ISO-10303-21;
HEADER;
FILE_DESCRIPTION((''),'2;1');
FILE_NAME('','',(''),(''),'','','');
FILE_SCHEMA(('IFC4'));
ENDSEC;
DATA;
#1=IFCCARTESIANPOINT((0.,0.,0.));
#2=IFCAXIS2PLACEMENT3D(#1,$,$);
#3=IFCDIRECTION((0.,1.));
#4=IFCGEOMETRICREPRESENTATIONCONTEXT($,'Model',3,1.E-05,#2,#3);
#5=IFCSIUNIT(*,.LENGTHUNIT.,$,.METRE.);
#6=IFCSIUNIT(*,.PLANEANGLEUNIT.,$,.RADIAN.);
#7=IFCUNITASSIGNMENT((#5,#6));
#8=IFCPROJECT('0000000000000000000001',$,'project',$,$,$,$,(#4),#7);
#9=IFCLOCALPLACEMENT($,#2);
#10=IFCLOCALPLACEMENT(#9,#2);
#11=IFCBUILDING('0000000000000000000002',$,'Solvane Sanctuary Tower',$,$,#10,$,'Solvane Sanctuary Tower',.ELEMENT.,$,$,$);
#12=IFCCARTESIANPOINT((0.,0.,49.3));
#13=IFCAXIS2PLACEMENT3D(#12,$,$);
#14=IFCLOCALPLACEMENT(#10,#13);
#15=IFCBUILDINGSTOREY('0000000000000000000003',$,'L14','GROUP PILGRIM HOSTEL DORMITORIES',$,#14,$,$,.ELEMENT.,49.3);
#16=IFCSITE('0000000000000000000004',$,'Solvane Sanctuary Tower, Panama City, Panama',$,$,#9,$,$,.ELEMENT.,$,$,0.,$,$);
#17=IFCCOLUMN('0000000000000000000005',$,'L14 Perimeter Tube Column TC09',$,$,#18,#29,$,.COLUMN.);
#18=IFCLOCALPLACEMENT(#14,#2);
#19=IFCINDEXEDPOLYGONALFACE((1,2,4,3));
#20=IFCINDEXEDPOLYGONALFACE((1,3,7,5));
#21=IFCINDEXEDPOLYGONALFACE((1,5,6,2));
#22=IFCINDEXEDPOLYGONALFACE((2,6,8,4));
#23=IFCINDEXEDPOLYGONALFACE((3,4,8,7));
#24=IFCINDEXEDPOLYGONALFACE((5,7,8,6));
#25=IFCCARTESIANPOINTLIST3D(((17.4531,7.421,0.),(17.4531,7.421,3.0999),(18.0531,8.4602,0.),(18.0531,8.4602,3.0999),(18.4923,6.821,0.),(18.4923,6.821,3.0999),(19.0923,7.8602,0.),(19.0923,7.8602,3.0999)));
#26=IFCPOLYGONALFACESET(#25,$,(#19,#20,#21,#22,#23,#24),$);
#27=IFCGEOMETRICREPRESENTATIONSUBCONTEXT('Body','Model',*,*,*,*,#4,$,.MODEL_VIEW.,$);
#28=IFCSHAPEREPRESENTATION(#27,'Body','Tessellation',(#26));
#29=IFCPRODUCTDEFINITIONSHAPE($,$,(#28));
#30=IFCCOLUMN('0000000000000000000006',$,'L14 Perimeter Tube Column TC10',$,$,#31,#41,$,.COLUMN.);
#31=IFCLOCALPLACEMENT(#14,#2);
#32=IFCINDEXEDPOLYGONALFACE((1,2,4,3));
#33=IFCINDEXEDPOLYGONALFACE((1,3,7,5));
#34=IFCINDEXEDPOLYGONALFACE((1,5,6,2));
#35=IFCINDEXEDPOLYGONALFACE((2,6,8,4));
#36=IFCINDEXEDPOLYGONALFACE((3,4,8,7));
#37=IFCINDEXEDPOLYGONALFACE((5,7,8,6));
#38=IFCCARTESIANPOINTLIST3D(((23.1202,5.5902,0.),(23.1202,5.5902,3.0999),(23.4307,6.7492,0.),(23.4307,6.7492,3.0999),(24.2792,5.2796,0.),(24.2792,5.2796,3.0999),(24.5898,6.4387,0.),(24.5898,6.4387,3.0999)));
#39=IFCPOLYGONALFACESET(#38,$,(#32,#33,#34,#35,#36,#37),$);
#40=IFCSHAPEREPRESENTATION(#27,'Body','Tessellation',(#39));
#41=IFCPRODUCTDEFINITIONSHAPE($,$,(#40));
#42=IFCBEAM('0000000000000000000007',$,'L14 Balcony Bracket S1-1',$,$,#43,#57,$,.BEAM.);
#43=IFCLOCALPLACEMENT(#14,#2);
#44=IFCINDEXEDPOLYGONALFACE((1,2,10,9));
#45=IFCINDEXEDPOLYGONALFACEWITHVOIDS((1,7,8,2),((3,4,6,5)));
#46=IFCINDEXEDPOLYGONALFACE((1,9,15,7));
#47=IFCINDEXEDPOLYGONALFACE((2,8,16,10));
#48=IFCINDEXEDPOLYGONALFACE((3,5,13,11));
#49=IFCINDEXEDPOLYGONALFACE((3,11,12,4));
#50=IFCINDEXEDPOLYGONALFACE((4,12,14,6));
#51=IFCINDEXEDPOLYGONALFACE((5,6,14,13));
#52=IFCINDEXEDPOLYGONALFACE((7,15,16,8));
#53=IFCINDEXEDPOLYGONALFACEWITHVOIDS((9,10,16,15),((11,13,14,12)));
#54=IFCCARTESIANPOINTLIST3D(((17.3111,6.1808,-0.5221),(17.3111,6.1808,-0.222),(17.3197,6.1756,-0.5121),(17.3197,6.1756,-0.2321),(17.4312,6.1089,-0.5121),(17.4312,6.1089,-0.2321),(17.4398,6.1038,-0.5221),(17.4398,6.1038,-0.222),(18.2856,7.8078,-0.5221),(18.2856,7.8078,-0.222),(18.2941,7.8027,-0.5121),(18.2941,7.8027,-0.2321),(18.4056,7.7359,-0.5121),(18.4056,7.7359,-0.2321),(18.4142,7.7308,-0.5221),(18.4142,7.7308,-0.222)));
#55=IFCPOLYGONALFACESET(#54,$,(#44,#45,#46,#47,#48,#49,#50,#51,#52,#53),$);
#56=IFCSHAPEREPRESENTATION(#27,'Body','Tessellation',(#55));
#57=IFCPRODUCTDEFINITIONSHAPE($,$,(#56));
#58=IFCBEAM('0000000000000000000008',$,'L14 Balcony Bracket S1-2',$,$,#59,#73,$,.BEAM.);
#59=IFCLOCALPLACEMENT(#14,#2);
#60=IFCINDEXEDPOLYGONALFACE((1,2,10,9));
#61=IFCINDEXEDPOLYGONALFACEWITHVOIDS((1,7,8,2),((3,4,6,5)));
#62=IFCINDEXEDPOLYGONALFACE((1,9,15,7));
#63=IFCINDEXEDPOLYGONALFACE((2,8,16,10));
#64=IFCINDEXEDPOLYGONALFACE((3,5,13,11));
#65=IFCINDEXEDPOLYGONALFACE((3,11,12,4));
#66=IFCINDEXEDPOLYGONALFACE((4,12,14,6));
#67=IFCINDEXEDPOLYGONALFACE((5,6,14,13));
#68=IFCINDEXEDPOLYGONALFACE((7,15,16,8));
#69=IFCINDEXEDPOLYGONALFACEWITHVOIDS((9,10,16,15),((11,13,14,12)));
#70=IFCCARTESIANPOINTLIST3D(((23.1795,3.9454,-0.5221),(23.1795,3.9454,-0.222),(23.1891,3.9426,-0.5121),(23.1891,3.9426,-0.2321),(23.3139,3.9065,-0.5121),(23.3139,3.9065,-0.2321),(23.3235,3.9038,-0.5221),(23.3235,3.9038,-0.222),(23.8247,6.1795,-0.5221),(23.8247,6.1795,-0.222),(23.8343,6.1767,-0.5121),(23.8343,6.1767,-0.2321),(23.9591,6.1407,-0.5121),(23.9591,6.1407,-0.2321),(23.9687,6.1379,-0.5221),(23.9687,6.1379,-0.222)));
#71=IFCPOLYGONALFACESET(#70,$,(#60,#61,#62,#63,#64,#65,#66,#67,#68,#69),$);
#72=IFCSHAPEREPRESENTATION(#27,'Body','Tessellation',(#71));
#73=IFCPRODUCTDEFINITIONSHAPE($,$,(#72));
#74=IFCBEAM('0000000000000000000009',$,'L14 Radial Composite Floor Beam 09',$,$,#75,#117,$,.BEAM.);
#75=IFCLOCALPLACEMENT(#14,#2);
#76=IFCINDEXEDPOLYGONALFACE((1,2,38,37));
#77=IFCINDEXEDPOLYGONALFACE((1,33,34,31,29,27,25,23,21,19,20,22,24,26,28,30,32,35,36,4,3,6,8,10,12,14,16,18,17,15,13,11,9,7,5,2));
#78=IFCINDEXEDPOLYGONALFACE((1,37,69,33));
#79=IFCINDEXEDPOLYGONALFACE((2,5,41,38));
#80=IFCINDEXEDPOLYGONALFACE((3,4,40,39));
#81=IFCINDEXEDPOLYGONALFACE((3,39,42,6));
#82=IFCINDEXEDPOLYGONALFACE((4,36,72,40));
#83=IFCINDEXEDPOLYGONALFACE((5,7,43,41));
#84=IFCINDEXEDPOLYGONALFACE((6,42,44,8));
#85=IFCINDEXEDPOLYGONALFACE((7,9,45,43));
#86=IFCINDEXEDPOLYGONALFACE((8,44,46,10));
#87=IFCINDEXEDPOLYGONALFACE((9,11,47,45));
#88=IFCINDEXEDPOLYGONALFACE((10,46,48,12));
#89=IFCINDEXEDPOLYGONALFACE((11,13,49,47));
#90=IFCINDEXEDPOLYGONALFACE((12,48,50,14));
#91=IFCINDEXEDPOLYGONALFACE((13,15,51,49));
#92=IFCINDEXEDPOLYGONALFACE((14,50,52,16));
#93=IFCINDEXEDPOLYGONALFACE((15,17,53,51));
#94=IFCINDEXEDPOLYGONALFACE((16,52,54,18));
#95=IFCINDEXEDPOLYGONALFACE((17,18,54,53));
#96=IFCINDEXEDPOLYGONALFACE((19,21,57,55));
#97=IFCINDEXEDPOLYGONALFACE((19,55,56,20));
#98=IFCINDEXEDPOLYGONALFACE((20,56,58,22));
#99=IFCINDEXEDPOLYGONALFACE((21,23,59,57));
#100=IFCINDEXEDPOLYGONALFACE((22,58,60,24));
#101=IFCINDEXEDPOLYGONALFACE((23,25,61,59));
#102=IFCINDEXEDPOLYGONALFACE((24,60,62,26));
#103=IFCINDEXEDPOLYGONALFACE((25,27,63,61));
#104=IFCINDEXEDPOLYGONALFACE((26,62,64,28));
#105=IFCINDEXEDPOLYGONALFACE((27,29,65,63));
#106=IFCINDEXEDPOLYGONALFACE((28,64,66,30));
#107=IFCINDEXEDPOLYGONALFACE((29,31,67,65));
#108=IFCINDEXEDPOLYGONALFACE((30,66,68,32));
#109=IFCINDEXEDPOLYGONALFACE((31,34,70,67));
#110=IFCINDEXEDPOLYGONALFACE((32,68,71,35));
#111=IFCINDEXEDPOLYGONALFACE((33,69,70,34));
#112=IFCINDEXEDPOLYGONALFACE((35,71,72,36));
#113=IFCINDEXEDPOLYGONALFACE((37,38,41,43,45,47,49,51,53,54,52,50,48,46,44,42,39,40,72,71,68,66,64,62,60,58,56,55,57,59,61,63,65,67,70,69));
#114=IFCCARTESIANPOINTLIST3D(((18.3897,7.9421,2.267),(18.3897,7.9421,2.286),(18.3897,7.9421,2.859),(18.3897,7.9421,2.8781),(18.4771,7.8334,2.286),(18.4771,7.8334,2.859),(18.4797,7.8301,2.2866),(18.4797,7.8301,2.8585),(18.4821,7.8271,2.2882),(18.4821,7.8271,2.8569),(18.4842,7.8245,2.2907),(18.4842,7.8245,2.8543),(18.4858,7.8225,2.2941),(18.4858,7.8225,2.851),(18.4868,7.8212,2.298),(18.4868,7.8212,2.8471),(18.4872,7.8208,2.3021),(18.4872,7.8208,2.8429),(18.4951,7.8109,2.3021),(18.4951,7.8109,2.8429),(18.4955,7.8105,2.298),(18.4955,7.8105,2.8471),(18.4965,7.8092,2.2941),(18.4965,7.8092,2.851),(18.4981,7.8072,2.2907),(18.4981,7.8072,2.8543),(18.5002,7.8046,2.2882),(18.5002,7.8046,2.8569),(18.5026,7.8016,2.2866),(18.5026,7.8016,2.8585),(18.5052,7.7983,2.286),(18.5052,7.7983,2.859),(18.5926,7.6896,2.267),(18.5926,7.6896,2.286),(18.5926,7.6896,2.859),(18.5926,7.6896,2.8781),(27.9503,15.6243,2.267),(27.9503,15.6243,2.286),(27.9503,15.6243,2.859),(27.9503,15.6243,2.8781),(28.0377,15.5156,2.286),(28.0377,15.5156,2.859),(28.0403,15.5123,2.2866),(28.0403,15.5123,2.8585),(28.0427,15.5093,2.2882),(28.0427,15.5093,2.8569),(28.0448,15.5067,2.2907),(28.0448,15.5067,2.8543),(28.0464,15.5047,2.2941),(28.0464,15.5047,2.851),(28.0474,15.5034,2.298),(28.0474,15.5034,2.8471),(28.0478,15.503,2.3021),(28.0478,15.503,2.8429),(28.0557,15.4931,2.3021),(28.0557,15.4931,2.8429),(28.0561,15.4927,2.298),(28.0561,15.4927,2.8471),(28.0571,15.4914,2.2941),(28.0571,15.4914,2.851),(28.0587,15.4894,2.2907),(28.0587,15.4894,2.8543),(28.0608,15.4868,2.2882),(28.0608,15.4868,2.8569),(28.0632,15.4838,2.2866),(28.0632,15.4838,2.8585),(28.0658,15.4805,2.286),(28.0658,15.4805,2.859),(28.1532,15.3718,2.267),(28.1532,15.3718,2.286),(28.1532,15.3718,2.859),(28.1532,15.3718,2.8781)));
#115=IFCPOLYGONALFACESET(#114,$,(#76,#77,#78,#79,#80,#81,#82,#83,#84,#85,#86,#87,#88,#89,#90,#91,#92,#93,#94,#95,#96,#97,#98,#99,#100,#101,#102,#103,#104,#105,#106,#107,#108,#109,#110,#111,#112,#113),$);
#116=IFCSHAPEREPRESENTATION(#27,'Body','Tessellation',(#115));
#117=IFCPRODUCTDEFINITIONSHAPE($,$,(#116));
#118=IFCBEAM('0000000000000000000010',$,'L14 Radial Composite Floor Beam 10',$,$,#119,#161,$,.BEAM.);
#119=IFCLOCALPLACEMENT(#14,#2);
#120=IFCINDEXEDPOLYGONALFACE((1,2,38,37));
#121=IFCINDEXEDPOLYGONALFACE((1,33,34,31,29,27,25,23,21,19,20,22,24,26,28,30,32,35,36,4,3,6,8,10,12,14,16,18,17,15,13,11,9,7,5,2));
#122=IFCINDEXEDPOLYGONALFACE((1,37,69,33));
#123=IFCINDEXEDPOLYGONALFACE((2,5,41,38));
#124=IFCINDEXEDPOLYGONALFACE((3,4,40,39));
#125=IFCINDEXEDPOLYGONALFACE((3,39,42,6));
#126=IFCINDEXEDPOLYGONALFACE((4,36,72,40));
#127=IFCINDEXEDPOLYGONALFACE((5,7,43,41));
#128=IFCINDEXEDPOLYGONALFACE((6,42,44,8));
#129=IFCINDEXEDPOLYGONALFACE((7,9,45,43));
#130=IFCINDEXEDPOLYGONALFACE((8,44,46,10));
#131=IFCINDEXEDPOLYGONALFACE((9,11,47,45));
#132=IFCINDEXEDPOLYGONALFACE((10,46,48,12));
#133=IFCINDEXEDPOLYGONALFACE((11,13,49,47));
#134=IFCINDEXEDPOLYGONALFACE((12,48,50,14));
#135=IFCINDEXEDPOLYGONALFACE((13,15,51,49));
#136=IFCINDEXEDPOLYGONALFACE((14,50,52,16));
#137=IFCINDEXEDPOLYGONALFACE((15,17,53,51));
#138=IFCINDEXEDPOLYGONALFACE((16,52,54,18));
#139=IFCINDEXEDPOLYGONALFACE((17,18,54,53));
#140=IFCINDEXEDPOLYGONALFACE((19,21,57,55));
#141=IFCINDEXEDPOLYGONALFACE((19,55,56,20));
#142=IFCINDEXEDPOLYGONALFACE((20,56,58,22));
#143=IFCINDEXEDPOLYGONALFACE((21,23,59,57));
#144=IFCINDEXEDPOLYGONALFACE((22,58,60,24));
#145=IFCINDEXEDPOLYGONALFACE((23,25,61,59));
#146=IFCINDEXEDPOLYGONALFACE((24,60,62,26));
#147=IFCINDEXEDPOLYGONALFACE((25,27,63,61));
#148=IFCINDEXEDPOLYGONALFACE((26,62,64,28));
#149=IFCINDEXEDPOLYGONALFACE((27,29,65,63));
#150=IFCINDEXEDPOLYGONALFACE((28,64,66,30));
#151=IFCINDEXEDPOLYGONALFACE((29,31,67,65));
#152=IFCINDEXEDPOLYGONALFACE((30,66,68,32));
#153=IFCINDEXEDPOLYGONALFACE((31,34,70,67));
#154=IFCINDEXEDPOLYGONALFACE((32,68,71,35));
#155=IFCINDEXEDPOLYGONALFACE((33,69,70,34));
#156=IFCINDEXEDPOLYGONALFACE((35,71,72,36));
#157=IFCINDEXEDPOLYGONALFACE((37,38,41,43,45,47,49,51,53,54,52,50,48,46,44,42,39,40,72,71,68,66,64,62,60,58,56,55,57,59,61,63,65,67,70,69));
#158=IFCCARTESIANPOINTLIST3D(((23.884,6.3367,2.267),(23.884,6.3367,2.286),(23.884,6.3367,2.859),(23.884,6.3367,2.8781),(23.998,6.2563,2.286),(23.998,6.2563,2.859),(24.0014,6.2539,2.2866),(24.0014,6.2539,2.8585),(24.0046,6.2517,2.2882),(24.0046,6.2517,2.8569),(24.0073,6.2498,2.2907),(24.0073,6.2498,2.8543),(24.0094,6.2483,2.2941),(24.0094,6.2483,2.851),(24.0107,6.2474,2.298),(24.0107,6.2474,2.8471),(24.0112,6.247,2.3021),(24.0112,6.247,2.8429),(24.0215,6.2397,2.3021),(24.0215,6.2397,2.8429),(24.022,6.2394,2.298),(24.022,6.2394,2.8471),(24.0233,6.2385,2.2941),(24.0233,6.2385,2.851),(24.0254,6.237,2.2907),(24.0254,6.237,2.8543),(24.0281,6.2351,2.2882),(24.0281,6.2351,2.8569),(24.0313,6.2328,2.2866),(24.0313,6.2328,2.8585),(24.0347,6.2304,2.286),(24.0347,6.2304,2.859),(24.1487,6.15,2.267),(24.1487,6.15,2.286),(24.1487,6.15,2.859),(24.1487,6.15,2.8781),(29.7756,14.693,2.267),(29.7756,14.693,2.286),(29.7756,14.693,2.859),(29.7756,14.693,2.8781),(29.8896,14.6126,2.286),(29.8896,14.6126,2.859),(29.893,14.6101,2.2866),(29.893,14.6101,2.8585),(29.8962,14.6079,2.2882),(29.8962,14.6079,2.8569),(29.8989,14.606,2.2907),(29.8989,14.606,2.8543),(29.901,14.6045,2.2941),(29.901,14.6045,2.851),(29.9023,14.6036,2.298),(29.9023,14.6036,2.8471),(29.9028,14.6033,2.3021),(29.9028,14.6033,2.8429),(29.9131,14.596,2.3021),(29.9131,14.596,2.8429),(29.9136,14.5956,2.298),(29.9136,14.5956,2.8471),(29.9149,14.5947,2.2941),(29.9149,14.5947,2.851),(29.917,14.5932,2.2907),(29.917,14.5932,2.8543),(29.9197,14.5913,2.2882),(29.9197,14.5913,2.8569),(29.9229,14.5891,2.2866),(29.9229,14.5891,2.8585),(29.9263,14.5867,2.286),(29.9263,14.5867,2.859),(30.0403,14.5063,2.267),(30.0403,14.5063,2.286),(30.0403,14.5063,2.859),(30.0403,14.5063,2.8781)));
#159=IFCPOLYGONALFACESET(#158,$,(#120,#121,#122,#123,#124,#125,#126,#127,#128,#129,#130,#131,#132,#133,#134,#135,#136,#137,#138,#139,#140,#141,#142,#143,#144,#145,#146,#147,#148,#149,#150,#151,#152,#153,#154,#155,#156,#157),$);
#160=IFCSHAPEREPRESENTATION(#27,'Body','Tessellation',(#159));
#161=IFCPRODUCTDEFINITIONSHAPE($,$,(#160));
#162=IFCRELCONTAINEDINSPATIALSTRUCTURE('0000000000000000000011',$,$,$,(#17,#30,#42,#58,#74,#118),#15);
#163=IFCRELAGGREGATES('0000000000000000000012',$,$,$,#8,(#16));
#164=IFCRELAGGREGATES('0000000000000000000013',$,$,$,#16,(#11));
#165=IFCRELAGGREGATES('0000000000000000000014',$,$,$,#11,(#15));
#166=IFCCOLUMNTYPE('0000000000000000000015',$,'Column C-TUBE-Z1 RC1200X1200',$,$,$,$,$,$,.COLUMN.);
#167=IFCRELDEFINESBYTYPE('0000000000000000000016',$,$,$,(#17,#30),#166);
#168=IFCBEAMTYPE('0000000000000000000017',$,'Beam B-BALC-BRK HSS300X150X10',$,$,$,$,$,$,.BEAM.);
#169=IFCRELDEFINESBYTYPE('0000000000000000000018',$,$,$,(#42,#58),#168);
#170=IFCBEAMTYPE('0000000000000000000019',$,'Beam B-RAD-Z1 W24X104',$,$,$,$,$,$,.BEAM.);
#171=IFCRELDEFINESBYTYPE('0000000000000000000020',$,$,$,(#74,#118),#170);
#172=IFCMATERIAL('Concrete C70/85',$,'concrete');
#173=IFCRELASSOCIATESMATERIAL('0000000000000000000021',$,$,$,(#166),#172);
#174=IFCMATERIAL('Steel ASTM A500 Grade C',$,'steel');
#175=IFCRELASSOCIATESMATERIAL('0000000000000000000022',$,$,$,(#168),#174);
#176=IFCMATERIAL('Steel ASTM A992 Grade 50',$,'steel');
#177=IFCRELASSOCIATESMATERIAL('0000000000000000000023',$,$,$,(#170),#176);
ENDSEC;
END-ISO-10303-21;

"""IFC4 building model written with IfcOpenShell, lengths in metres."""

from ifc_helpers import new_model, si_unit, direction, frame, origin, origin_2d, place, context, subcontext, project, spatial, rectangle, hollow_rectangle, i_section, extrude, material, material_profile, profile_set, type_object, element, save


model = new_model("IFC4")

# Units and contexts
model_context = context("Model", 3, precision=1e-05, world=origin(), true_north=direction((0.0, 1.0)))
body_context = subcontext(model_context, "Body", "Model", "MODEL_VIEW")
ifc_project = project(units=[si_unit("LENGTHUNIT", "METRE"), si_unit("PLANEANGLEUNIT", "RADIAN")], contexts=[model_context])

# Site, building, storey
site_placement = place(None, origin())
site = spatial("IfcSite", under=ifc_project, at=site_placement, Name="Solvane Sanctuary Tower, Panama City, Panama", CompositionType="ELEMENT", RefElevation=0.0)
building_placement = place(site_placement, origin())
building = spatial("IfcBuilding", under=site, at=building_placement, Name="Solvane Sanctuary Tower", LongName="Solvane Sanctuary Tower", CompositionType="ELEMENT")
storey_placement = place(building_placement, frame((0.0, 0.0, 49.3)))
storey = spatial("IfcBuildingStorey", under=building, at=storey_placement, Name="L14", Description="GROUP PILGRIM HOSTEL DORMITORIES", CompositionType="ELEMENT", Elevation=49.3)

# Columns
ifc_material_1 = material(Name="Concrete C70/85", Category="concrete")
ifc_material_profile_1 = material_profile(ifc_material_1, rectangle(XDim=1.2, YDim=1.2, at=origin_2d()), Name="RC1200X1200")
ifc_profile_set_1 = profile_set([ifc_material_profile_1], Name="Concrete C70/85")
column_type = type_object("IfcColumnType", Name="Column C-TUBE-Z1 RC1200X1200", PredefinedType="COLUMN", material=ifc_profile_set_1)
for number, where, z_axis, x_axis, name in (
    (1, (18.2727, 7.6406, 0.0), (0.0, 0.0, 1.0), (-0.5, -0.866025, 0.0), "L14 Perimeter Tube Column TC09"),
    (2, (23.855, 6.0144, 0.0), (0.0, 0.0, 1.0), (-0.258819, -0.965926, 0.0), "L14 Perimeter Tube Column TC10"),
):
    element("IfcColumn", number, at=place(storey_placement, frame(where, z_axis=z_axis, x_axis=x_axis)), inside=storey, type_object=column_type, Name=name, PredefinedType="COLUMN", context=body_context, shape_type="SweptSolid", body=[
        extrude(rectangle(XDim=1.2, YDim=1.2, at=origin_2d()), origin(), (0.0, 0.0, 1.0), 3.0999),
    ])

# Beams
ifc_material_2 = material(Name="Steel ASTM A500 Grade C", Category="steel")
ifc_material_profile_2 = material_profile(ifc_material_2, hollow_rectangle(XDim=0.1499, YDim=0.3, WallThickness=0.01, at=origin_2d()), Name="HSS300X150X10")
ifc_profile_set_2 = profile_set([ifc_material_profile_2], Name="Steel ASTM A500 Grade C")
beam_type_1 = type_object("IfcBeamType", Name="Beam B-BALC-BRK HSS300X150X10", PredefinedType="BEAM", material=ifc_profile_set_2)
beam_1_placement = place(storey_placement, frame((18.3499, 7.7693, -0.3721), z_axis=(-0.513795, -0.857913, 0.0), x_axis=(0.857913, -0.513795, 0.0)))
element("IfcBeam", 3, at=beam_1_placement, inside=storey, type_object=beam_type_1, Name="L14 Balcony Bracket S1-1", PredefinedType="BEAM", context=body_context, shape_type="SweptSolid", body=[
    extrude(hollow_rectangle(XDim=0.1499, YDim=0.3, WallThickness=0.01, at=origin_2d()), origin(), (0.0, 0.0, 1.0), 1.8965),
])
beam_2_placement = place(storey_placement, frame((23.8967, 6.1587, -0.3721), z_axis=(-0.277479, -0.960732, 0.0), x_axis=(0.960732, -0.277479, 0.0)))
element("IfcBeam", 4, at=beam_2_placement, inside=storey, type_object=beam_type_1, Name="L14 Balcony Bracket S1-2", PredefinedType="BEAM", context=body_context, shape_type="SweptSolid", body=[
    extrude(hollow_rectangle(XDim=0.1499, YDim=0.3, WallThickness=0.01, at=origin_2d()), origin(), (0.0, 0.0, 1.0), 2.3254),
])
ifc_material_3 = material(Name="Steel ASTM A992 Grade 50", Category="steel")
ifc_material_profile_3 = material_profile(ifc_material_3, i_section(OverallWidth=0.324, OverallDepth=0.6111, WebThickness=0.0127, FlangeThickness=0.019, FilletRadius=0.0161, at=origin_2d()), Name="W24X104")
ifc_profile_set_3 = profile_set([ifc_material_profile_3], Name="Steel ASTM A992 Grade 50")
beam_type_2 = type_object("IfcBeamType", Name="Beam B-RAD-Z1 W24X104", PredefinedType="BEAM", material=ifc_profile_set_3)
beam_3_placement = place(storey_placement, frame((28.0518, 15.498, 2.5725), z_axis=(-0.779527, -0.626369, 0.0), x_axis=(0.626369, -0.779527, 0.0)))
element("IfcBeam", 5, at=beam_3_placement, inside=storey, type_object=beam_type_2, Name="L14 Radial Composite Floor Beam 09", PredefinedType="BEAM", context=body_context, shape_type="SweptSolid", body=[
    extrude(i_section(OverallWidth=0.324, OverallDepth=0.6111, WebThickness=0.0127, FlangeThickness=0.019, FilletRadius=0.0161, at=origin_2d()), origin(), (0.0, 0.0, 1.0), 12.2646),
])
beam_4_placement = place(storey_placement, frame((29.908, 14.5996, 2.5725), z_axis=(-0.576233, -0.817285, 0.0), x_axis=(0.817285, -0.576233, 0.0)))
element("IfcBeam", 6, at=beam_4_placement, inside=storey, type_object=beam_type_2, Name="L14 Radial Composite Floor Beam 10", PredefinedType="BEAM", context=body_context, shape_type="SweptSolid", body=[
    extrude(i_section(OverallWidth=0.324, OverallDepth=0.6111, WebThickness=0.0127, FlangeThickness=0.019, FilletRadius=0.0161, at=origin_2d()), origin(), (0.0, 0.0, 1.0), 10.2244),
])

save(model, "model.ifc")
